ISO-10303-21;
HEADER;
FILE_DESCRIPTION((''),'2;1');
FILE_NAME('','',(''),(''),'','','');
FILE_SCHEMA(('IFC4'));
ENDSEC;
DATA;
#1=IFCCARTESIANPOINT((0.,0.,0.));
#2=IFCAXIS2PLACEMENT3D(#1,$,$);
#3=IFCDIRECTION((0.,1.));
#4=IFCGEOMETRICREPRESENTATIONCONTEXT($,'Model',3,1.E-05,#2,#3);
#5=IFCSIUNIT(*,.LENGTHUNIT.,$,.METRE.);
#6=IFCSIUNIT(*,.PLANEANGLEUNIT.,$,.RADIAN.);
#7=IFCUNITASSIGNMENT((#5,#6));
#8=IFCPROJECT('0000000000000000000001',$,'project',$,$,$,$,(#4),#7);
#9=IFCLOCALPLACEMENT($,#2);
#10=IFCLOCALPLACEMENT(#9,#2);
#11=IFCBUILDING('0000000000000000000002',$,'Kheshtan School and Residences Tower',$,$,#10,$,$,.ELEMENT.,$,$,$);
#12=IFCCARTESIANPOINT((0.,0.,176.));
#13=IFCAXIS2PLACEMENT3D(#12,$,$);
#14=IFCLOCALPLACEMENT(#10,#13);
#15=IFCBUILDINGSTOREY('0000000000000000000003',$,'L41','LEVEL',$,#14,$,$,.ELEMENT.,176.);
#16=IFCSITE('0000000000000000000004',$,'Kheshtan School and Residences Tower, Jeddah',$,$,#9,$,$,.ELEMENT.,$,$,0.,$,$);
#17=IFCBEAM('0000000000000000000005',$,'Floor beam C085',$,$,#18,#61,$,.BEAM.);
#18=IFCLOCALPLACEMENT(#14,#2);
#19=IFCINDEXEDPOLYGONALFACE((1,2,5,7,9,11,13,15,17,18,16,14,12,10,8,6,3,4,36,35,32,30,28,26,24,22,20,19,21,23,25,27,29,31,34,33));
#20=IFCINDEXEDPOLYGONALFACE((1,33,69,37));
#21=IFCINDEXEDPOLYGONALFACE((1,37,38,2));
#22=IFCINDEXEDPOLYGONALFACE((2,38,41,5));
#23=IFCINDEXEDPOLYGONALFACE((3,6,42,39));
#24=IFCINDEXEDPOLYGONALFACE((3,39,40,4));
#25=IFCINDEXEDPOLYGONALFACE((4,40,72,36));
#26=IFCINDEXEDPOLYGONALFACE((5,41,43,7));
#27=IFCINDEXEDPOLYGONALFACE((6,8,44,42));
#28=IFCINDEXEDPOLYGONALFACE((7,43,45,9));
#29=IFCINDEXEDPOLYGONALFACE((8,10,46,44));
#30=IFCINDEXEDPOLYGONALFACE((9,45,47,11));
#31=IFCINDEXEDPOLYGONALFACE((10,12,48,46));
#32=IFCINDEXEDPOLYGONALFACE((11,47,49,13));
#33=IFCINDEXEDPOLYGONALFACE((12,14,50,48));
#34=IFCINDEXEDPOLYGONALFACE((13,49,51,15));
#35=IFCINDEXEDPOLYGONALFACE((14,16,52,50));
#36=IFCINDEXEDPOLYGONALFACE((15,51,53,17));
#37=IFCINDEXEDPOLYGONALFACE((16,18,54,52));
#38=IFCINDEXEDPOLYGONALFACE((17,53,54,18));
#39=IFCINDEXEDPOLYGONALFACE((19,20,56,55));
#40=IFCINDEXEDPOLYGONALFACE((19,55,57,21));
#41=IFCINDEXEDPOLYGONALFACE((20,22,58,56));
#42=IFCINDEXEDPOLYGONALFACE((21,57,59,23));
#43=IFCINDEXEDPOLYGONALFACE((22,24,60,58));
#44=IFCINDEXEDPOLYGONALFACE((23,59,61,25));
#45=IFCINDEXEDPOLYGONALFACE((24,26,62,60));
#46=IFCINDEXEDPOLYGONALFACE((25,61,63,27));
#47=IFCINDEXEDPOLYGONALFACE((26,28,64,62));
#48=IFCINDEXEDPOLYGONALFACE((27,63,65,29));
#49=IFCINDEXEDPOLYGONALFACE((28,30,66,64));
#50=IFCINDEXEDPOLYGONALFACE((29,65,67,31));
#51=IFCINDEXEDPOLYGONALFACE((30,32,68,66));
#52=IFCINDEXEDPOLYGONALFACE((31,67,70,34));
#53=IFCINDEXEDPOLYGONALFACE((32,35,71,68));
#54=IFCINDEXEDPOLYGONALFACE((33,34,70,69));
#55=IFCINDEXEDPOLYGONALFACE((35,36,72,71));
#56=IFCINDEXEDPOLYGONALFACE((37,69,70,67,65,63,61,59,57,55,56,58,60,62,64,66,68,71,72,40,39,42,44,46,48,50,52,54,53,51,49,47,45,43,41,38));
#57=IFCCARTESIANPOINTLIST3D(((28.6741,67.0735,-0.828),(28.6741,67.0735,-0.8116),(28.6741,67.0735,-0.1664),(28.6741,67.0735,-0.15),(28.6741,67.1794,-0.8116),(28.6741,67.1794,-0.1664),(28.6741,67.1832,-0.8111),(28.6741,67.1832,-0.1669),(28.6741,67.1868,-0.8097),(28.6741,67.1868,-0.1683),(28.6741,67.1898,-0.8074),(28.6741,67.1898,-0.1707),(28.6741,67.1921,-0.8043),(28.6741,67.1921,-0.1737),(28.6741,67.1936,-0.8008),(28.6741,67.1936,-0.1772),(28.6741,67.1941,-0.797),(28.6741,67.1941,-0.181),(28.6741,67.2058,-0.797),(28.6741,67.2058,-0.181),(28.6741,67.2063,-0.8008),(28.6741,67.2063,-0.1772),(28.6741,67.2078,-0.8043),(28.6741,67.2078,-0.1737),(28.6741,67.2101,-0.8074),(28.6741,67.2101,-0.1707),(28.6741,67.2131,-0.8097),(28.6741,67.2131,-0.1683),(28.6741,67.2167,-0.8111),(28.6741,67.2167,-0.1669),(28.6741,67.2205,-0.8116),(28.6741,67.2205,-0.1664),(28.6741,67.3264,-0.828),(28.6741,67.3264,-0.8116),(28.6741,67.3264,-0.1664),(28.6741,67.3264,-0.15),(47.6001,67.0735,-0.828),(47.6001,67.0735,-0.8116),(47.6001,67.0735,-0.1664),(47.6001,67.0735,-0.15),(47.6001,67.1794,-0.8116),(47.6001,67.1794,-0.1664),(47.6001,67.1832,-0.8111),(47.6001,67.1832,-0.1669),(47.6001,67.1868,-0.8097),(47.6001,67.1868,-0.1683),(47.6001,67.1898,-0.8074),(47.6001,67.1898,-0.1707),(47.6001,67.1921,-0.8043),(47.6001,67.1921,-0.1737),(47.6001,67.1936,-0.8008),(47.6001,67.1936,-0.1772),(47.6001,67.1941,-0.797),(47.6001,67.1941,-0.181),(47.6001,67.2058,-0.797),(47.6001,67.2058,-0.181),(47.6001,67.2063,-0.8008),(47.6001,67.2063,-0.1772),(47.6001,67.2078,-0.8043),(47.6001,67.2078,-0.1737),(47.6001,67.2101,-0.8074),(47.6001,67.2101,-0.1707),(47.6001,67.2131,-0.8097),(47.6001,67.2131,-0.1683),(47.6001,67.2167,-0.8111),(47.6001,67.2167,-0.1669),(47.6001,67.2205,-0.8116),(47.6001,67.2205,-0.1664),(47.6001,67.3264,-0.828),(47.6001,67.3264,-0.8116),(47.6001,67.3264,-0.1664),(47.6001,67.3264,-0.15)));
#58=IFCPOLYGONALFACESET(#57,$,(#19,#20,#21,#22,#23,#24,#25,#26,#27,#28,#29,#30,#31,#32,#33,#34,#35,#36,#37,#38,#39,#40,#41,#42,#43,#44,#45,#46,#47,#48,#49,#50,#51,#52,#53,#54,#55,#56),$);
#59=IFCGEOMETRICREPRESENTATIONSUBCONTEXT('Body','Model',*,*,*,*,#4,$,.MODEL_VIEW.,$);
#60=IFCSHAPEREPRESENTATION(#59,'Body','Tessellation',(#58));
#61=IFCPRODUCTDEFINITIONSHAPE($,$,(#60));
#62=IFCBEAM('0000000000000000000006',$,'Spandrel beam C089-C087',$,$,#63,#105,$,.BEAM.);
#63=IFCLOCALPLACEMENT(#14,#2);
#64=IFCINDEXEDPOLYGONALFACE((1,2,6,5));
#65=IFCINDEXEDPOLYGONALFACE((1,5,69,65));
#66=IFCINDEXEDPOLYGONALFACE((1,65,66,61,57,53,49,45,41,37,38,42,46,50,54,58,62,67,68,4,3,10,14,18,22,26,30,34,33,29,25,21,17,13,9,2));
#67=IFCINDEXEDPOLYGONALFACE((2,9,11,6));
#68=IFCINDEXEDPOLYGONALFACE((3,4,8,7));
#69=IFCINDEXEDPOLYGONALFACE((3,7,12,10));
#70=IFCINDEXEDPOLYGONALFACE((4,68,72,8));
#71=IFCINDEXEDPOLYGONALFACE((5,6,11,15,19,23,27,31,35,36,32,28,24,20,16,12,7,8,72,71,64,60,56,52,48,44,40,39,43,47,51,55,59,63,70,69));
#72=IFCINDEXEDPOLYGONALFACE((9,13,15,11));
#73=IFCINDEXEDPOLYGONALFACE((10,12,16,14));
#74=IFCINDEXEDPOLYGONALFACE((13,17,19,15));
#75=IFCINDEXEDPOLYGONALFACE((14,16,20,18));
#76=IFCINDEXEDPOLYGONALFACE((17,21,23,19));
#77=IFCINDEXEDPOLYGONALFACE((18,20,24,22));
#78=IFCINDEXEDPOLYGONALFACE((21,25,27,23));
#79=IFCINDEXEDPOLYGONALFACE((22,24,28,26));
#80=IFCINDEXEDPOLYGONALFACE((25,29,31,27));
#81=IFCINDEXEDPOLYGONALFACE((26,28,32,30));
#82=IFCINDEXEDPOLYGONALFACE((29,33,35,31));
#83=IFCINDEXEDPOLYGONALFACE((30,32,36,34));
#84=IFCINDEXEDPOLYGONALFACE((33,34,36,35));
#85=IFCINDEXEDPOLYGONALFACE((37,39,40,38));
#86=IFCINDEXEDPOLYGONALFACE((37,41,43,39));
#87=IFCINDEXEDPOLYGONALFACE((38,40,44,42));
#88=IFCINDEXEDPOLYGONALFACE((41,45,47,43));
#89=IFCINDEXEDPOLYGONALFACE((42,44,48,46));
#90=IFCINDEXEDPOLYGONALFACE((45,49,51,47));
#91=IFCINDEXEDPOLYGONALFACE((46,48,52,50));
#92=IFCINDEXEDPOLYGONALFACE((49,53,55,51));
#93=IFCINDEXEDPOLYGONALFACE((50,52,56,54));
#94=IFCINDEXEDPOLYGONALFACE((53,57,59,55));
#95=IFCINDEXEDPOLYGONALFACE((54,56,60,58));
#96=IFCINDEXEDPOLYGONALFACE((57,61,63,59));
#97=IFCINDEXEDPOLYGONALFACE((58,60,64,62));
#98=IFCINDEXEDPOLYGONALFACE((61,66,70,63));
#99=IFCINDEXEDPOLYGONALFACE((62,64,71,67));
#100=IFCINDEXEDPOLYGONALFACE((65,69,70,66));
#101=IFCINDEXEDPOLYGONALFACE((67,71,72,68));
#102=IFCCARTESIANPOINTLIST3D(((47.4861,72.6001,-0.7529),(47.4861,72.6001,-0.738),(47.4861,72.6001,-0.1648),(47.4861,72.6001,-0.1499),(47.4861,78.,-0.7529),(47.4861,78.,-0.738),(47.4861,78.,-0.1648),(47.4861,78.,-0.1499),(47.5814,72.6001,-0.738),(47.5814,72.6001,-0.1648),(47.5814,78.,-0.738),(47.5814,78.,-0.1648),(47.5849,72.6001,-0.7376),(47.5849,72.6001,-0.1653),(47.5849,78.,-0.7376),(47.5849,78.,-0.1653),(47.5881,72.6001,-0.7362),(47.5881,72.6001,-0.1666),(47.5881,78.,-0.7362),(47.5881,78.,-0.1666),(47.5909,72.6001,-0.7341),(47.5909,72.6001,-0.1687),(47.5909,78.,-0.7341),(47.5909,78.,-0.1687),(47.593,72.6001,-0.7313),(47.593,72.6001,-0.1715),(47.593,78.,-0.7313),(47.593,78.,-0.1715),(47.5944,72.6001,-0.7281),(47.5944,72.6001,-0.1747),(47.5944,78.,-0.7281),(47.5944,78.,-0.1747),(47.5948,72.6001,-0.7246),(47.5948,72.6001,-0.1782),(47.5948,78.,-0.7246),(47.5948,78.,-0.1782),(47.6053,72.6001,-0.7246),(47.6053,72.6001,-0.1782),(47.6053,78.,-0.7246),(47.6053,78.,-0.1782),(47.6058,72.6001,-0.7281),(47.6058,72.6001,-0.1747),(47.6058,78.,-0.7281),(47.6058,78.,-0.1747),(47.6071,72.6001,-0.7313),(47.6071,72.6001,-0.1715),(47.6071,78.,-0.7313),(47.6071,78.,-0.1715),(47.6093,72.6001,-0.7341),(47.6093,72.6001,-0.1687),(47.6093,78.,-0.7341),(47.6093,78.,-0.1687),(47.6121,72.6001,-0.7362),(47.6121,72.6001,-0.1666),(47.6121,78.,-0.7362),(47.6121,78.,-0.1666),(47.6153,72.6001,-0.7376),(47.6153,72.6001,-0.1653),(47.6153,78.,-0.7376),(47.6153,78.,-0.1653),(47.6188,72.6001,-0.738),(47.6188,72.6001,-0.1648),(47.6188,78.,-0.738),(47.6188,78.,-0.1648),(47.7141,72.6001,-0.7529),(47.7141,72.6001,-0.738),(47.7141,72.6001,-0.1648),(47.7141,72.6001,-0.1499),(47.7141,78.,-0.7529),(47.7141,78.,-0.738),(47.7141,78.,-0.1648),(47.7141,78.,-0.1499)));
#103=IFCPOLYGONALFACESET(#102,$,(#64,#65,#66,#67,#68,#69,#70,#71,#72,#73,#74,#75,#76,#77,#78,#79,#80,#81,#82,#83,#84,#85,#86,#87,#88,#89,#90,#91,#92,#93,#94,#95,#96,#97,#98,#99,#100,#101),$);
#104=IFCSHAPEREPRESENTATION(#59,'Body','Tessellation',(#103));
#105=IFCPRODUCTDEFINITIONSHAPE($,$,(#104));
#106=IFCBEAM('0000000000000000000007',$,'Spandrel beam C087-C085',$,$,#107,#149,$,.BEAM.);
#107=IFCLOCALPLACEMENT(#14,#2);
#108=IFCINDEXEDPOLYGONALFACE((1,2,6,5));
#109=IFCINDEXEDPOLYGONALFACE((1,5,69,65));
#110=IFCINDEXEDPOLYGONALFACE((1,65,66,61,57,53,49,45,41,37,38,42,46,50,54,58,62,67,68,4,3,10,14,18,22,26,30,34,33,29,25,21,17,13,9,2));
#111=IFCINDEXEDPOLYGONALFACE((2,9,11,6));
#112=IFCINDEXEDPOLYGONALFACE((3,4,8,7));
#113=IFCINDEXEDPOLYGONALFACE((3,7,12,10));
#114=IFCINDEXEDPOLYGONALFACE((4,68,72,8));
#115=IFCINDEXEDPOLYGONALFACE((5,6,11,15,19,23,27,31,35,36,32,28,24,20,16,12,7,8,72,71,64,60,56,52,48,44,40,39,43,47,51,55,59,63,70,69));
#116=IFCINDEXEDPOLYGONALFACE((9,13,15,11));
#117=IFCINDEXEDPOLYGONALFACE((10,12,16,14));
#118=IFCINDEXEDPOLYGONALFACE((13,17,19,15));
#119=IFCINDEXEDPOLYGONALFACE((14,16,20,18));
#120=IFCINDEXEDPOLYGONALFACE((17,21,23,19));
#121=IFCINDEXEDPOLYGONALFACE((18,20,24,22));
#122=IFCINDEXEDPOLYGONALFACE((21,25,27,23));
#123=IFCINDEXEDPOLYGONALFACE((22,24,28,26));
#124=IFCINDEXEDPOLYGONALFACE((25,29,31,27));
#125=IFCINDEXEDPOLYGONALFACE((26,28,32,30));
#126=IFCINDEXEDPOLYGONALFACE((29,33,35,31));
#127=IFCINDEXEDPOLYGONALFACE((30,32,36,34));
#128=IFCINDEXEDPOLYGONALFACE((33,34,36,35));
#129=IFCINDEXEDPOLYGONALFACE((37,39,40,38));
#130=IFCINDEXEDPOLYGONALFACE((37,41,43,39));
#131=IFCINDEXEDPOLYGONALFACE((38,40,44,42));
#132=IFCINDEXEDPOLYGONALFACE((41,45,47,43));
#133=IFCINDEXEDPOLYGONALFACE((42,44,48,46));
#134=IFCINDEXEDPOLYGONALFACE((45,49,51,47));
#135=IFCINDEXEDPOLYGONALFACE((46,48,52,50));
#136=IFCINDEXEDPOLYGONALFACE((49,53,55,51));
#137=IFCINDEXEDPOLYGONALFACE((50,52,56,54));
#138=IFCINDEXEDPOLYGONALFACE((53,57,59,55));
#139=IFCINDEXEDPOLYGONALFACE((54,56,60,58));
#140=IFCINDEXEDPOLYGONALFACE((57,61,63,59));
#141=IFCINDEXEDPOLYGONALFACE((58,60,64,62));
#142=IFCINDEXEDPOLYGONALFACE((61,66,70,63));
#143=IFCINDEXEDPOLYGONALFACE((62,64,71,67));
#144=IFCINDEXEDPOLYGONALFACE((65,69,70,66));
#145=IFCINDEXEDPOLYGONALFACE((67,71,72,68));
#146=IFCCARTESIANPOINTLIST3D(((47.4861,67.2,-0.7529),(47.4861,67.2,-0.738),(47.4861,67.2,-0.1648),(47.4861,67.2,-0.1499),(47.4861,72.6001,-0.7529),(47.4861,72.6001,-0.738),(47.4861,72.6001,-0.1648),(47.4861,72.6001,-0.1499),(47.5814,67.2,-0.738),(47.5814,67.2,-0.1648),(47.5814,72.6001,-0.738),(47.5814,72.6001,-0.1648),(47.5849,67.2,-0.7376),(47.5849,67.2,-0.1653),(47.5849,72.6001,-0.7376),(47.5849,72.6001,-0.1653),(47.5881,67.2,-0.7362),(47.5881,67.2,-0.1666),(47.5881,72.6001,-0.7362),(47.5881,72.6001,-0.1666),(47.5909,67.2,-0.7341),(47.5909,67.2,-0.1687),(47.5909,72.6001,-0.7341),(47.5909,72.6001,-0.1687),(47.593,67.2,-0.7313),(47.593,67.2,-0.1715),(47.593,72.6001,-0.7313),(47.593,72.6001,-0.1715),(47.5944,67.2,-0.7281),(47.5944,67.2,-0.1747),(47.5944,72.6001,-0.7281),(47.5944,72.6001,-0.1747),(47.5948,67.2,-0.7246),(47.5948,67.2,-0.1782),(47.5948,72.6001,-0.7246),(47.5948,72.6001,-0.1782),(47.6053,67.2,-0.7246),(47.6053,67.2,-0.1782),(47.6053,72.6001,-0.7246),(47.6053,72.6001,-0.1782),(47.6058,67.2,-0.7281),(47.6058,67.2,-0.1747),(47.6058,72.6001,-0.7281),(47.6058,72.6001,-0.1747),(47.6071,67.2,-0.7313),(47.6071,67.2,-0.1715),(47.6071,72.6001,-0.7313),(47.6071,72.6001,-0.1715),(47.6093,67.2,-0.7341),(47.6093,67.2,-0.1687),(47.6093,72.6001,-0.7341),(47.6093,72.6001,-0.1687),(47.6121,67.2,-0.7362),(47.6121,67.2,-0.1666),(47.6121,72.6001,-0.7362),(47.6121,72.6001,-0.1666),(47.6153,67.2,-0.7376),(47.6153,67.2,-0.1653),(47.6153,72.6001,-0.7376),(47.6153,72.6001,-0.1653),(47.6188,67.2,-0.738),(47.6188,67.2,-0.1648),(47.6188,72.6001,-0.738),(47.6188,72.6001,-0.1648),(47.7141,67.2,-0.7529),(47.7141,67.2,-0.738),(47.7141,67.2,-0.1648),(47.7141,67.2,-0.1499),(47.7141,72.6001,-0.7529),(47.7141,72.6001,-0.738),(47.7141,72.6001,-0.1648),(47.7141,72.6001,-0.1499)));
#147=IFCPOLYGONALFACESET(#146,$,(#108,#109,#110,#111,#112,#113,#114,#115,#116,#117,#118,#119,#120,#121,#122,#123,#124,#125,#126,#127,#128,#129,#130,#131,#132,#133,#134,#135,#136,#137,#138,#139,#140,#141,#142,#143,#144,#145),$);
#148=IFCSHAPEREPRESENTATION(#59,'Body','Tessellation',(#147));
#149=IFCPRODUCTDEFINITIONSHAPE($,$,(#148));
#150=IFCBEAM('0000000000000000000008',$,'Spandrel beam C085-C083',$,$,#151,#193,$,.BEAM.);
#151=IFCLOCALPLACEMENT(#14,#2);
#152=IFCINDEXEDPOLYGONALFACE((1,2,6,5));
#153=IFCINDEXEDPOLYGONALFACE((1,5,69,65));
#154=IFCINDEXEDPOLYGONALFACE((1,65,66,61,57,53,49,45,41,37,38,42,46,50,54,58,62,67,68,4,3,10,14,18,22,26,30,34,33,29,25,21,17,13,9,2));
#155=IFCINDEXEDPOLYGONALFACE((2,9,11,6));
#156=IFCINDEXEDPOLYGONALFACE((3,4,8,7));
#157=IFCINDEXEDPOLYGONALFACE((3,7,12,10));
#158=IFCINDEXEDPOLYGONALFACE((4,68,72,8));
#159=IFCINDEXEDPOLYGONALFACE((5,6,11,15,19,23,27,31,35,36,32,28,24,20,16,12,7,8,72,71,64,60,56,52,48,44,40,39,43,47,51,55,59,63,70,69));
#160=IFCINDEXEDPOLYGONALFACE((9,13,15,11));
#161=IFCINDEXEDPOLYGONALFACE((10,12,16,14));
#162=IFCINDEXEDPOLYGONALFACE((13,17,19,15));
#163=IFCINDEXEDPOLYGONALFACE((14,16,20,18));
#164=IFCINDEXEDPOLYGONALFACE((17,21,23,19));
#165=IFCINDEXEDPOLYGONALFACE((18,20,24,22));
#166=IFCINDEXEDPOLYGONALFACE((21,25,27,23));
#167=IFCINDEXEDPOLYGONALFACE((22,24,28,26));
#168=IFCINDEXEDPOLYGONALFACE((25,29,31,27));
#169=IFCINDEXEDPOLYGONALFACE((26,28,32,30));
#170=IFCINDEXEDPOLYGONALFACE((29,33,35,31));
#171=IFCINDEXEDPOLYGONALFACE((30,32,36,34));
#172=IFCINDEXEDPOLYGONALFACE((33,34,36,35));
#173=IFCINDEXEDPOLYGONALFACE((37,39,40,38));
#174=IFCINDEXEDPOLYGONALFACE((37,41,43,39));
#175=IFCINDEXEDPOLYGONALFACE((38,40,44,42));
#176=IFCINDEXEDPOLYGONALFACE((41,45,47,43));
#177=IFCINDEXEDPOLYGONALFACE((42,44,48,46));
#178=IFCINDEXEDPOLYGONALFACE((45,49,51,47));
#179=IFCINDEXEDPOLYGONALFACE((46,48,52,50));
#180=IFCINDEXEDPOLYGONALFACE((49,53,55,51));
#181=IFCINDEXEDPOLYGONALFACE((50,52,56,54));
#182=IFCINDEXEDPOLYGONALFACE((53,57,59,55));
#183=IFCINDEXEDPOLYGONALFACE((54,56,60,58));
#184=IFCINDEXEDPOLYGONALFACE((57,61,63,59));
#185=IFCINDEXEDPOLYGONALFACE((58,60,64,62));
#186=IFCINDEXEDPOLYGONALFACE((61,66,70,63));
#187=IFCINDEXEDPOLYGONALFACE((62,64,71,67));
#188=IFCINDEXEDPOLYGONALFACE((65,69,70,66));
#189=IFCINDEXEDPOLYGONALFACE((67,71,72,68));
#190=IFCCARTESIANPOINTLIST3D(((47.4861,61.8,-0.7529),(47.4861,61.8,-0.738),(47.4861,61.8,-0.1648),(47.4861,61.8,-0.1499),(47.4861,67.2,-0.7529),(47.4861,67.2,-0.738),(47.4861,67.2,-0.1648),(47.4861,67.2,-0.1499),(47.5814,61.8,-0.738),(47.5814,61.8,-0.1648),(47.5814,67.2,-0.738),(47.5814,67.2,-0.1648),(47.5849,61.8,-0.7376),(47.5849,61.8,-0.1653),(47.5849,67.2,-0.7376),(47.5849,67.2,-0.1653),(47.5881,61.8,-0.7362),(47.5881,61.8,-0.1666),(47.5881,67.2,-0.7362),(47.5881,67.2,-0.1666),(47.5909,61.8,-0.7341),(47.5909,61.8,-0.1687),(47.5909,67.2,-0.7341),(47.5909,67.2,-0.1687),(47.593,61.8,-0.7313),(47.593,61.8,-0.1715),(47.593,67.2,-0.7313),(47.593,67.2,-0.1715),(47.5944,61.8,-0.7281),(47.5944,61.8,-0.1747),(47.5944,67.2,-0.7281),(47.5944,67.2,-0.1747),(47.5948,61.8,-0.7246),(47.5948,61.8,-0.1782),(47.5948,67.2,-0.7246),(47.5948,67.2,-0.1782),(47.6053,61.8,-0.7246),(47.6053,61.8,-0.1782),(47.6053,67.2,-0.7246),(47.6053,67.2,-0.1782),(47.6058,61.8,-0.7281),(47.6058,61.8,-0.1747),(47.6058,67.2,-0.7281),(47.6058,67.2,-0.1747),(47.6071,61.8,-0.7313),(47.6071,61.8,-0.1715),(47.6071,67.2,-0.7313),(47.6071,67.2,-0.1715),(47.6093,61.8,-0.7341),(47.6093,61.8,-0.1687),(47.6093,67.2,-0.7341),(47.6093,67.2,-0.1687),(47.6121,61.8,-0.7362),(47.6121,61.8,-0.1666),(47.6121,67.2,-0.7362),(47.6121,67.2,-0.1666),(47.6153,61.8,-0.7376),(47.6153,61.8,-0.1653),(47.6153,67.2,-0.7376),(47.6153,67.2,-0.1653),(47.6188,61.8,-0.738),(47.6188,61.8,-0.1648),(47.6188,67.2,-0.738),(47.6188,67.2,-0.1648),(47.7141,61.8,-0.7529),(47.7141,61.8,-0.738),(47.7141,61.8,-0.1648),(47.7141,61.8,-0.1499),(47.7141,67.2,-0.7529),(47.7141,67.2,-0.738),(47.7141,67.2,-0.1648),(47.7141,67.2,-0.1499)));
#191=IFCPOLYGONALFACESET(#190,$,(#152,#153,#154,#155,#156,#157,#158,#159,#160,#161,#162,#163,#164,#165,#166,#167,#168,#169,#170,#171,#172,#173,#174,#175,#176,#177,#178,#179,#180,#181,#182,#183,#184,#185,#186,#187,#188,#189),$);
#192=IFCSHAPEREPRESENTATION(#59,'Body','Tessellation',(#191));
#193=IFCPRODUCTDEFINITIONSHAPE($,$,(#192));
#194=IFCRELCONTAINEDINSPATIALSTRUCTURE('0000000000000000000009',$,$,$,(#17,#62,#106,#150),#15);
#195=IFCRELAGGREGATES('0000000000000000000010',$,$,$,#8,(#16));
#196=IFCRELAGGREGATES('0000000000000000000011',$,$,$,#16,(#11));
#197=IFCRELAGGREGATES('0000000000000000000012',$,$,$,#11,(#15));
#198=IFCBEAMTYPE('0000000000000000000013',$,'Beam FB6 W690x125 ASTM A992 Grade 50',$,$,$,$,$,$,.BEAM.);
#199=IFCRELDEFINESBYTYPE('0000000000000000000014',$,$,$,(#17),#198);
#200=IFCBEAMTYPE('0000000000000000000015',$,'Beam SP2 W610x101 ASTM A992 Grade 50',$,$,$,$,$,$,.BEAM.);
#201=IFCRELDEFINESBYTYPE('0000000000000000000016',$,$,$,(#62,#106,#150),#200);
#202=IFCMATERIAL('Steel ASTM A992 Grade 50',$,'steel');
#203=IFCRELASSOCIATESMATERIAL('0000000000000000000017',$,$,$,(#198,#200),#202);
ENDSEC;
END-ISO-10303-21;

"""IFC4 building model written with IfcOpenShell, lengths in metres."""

from ifc_helpers import new_model, si_unit, direction, frame, origin, origin_2d, place, context, subcontext, project, spatial, i_section, extrude, material, material_profile, profile_set, type_object, element, save


model = new_model("IFC4")

# Units and contexts
model_context = context("Model", 3, precision=1e-05, world=origin(), true_north=direction((0.0, 1.0)))
body_context = subcontext(model_context, "Body", "Model", "MODEL_VIEW")
ifc_project = project(units=[si_unit("LENGTHUNIT", "METRE"), si_unit("PLANEANGLEUNIT", "RADIAN")], contexts=[model_context])

# Site, building, storey
site_placement = place(None, origin())
site = spatial("IfcSite", under=ifc_project, at=site_placement, Name="Kheshtan School and Residences Tower, Jeddah", CompositionType="ELEMENT", RefElevation=0.0)
building_placement = place(site_placement, origin())
building = spatial("IfcBuilding", under=site, at=building_placement, Name="Kheshtan School and Residences Tower", CompositionType="ELEMENT")
storey_placement = place(building_placement, frame((0.0, 0.0, 176.0)))
storey = spatial("IfcBuildingStorey", under=building, at=storey_placement, Name="L41", Description="LEVEL", CompositionType="ELEMENT", Elevation=176.0)

# Shared definitions
ifc_material_1 = material(Name="Steel ASTM A992 Grade 50", Category="steel")

# Beams
ifc_material_profile_1 = material_profile(ifc_material_1, i_section(OverallWidth=0.2529, OverallDepth=0.678, WebThickness=0.0117, FlangeThickness=0.0164, FilletRadius=0.0146, at=origin_2d()), Name="W690x125")
ifc_profile_set_1 = profile_set([ifc_material_profile_1], Name="Steel ASTM A992 Grade 50")
beam_type_1 = type_object("IfcBeamType", Name="Beam FB6 W690x125 ASTM A992 Grade 50", PredefinedType="BEAM", material=ifc_profile_set_1)
beam_1_placement = place(storey_placement, frame((47.6001, 67.2, -0.489), z_axis=(-1.0, 0.0, 0.0), x_axis=(0.0, -1.0, 0.0)))
element("IfcBeam", 1, at=beam_1_placement, inside=storey, type_object=beam_type_1, Name="Floor beam C085", PredefinedType="BEAM", context=body_context, shape_type="SweptSolid", body=[
    extrude(i_section(OverallWidth=0.2529, OverallDepth=0.678, WebThickness=0.0117, FlangeThickness=0.0164, FilletRadius=0.0146, at=origin_2d()), origin(), (0.0, 0.0, 1.0), 18.926),
])
ifc_material_profile_2 = material_profile(ifc_material_1, i_section(OverallWidth=0.228, OverallDepth=0.603, WebThickness=0.0105, FlangeThickness=0.0149, FilletRadius=0.0134, at=origin_2d()), Name="W610x101")
ifc_profile_set_2 = profile_set([ifc_material_profile_2], Name="Steel ASTM A992 Grade 50")
beam_type_2 = type_object("IfcBeamType", Name="Beam SP2 W610x101 ASTM A992 Grade 50", PredefinedType="BEAM", material=ifc_profile_set_2)
beam_2_placement = place(storey_placement, frame((47.6001, 78.0, -0.4514), z_axis=(0.0, -1.0, 0.0), x_axis=(1.0, 0.0, 0.0)))
element("IfcBeam", 2, at=beam_2_placement, inside=storey, type_object=beam_type_2, Name="Spandrel beam C089-C087", PredefinedType="BEAM", context=body_context, shape_type="SweptSolid", body=[
    extrude(i_section(OverallWidth=0.228, OverallDepth=0.603, WebThickness=0.0105, FlangeThickness=0.0149, FilletRadius=0.0134, at=origin_2d()), origin(), (0.0, 0.0, 1.0), 5.3999),
])
beam_3_placement = place(storey_placement, frame((47.6001, 72.6001, -0.4514), z_axis=(0.0, -1.0, 0.0), x_axis=(1.0, 0.0, 0.0)))
element("IfcBeam", 3, at=beam_3_placement, inside=storey, type_object=beam_type_2, Name="Spandrel beam C087-C085", PredefinedType="BEAM", context=body_context, shape_type="SweptSolid", body=[
    extrude(i_section(OverallWidth=0.228, OverallDepth=0.603, WebThickness=0.0105, FlangeThickness=0.0149, FilletRadius=0.0134, at=origin_2d()), origin(), (0.0, 0.0, 1.0), 5.4001),
])
beam_4_placement = place(storey_placement, frame((47.6001, 67.2, -0.4514), z_axis=(0.0, -1.0, 0.0), x_axis=(1.0, 0.0, 0.0)))
element("IfcBeam", 4, at=beam_4_placement, inside=storey, type_object=beam_type_2, Name="Spandrel beam C085-C083", PredefinedType="BEAM", context=body_context, shape_type="SweptSolid", body=[
    extrude(i_section(OverallWidth=0.228, OverallDepth=0.603, WebThickness=0.0105, FlangeThickness=0.0149, FilletRadius=0.0134, at=origin_2d()), origin(), (0.0, 0.0, 1.0), 5.3999),
])

save(model, "model.ifc")
